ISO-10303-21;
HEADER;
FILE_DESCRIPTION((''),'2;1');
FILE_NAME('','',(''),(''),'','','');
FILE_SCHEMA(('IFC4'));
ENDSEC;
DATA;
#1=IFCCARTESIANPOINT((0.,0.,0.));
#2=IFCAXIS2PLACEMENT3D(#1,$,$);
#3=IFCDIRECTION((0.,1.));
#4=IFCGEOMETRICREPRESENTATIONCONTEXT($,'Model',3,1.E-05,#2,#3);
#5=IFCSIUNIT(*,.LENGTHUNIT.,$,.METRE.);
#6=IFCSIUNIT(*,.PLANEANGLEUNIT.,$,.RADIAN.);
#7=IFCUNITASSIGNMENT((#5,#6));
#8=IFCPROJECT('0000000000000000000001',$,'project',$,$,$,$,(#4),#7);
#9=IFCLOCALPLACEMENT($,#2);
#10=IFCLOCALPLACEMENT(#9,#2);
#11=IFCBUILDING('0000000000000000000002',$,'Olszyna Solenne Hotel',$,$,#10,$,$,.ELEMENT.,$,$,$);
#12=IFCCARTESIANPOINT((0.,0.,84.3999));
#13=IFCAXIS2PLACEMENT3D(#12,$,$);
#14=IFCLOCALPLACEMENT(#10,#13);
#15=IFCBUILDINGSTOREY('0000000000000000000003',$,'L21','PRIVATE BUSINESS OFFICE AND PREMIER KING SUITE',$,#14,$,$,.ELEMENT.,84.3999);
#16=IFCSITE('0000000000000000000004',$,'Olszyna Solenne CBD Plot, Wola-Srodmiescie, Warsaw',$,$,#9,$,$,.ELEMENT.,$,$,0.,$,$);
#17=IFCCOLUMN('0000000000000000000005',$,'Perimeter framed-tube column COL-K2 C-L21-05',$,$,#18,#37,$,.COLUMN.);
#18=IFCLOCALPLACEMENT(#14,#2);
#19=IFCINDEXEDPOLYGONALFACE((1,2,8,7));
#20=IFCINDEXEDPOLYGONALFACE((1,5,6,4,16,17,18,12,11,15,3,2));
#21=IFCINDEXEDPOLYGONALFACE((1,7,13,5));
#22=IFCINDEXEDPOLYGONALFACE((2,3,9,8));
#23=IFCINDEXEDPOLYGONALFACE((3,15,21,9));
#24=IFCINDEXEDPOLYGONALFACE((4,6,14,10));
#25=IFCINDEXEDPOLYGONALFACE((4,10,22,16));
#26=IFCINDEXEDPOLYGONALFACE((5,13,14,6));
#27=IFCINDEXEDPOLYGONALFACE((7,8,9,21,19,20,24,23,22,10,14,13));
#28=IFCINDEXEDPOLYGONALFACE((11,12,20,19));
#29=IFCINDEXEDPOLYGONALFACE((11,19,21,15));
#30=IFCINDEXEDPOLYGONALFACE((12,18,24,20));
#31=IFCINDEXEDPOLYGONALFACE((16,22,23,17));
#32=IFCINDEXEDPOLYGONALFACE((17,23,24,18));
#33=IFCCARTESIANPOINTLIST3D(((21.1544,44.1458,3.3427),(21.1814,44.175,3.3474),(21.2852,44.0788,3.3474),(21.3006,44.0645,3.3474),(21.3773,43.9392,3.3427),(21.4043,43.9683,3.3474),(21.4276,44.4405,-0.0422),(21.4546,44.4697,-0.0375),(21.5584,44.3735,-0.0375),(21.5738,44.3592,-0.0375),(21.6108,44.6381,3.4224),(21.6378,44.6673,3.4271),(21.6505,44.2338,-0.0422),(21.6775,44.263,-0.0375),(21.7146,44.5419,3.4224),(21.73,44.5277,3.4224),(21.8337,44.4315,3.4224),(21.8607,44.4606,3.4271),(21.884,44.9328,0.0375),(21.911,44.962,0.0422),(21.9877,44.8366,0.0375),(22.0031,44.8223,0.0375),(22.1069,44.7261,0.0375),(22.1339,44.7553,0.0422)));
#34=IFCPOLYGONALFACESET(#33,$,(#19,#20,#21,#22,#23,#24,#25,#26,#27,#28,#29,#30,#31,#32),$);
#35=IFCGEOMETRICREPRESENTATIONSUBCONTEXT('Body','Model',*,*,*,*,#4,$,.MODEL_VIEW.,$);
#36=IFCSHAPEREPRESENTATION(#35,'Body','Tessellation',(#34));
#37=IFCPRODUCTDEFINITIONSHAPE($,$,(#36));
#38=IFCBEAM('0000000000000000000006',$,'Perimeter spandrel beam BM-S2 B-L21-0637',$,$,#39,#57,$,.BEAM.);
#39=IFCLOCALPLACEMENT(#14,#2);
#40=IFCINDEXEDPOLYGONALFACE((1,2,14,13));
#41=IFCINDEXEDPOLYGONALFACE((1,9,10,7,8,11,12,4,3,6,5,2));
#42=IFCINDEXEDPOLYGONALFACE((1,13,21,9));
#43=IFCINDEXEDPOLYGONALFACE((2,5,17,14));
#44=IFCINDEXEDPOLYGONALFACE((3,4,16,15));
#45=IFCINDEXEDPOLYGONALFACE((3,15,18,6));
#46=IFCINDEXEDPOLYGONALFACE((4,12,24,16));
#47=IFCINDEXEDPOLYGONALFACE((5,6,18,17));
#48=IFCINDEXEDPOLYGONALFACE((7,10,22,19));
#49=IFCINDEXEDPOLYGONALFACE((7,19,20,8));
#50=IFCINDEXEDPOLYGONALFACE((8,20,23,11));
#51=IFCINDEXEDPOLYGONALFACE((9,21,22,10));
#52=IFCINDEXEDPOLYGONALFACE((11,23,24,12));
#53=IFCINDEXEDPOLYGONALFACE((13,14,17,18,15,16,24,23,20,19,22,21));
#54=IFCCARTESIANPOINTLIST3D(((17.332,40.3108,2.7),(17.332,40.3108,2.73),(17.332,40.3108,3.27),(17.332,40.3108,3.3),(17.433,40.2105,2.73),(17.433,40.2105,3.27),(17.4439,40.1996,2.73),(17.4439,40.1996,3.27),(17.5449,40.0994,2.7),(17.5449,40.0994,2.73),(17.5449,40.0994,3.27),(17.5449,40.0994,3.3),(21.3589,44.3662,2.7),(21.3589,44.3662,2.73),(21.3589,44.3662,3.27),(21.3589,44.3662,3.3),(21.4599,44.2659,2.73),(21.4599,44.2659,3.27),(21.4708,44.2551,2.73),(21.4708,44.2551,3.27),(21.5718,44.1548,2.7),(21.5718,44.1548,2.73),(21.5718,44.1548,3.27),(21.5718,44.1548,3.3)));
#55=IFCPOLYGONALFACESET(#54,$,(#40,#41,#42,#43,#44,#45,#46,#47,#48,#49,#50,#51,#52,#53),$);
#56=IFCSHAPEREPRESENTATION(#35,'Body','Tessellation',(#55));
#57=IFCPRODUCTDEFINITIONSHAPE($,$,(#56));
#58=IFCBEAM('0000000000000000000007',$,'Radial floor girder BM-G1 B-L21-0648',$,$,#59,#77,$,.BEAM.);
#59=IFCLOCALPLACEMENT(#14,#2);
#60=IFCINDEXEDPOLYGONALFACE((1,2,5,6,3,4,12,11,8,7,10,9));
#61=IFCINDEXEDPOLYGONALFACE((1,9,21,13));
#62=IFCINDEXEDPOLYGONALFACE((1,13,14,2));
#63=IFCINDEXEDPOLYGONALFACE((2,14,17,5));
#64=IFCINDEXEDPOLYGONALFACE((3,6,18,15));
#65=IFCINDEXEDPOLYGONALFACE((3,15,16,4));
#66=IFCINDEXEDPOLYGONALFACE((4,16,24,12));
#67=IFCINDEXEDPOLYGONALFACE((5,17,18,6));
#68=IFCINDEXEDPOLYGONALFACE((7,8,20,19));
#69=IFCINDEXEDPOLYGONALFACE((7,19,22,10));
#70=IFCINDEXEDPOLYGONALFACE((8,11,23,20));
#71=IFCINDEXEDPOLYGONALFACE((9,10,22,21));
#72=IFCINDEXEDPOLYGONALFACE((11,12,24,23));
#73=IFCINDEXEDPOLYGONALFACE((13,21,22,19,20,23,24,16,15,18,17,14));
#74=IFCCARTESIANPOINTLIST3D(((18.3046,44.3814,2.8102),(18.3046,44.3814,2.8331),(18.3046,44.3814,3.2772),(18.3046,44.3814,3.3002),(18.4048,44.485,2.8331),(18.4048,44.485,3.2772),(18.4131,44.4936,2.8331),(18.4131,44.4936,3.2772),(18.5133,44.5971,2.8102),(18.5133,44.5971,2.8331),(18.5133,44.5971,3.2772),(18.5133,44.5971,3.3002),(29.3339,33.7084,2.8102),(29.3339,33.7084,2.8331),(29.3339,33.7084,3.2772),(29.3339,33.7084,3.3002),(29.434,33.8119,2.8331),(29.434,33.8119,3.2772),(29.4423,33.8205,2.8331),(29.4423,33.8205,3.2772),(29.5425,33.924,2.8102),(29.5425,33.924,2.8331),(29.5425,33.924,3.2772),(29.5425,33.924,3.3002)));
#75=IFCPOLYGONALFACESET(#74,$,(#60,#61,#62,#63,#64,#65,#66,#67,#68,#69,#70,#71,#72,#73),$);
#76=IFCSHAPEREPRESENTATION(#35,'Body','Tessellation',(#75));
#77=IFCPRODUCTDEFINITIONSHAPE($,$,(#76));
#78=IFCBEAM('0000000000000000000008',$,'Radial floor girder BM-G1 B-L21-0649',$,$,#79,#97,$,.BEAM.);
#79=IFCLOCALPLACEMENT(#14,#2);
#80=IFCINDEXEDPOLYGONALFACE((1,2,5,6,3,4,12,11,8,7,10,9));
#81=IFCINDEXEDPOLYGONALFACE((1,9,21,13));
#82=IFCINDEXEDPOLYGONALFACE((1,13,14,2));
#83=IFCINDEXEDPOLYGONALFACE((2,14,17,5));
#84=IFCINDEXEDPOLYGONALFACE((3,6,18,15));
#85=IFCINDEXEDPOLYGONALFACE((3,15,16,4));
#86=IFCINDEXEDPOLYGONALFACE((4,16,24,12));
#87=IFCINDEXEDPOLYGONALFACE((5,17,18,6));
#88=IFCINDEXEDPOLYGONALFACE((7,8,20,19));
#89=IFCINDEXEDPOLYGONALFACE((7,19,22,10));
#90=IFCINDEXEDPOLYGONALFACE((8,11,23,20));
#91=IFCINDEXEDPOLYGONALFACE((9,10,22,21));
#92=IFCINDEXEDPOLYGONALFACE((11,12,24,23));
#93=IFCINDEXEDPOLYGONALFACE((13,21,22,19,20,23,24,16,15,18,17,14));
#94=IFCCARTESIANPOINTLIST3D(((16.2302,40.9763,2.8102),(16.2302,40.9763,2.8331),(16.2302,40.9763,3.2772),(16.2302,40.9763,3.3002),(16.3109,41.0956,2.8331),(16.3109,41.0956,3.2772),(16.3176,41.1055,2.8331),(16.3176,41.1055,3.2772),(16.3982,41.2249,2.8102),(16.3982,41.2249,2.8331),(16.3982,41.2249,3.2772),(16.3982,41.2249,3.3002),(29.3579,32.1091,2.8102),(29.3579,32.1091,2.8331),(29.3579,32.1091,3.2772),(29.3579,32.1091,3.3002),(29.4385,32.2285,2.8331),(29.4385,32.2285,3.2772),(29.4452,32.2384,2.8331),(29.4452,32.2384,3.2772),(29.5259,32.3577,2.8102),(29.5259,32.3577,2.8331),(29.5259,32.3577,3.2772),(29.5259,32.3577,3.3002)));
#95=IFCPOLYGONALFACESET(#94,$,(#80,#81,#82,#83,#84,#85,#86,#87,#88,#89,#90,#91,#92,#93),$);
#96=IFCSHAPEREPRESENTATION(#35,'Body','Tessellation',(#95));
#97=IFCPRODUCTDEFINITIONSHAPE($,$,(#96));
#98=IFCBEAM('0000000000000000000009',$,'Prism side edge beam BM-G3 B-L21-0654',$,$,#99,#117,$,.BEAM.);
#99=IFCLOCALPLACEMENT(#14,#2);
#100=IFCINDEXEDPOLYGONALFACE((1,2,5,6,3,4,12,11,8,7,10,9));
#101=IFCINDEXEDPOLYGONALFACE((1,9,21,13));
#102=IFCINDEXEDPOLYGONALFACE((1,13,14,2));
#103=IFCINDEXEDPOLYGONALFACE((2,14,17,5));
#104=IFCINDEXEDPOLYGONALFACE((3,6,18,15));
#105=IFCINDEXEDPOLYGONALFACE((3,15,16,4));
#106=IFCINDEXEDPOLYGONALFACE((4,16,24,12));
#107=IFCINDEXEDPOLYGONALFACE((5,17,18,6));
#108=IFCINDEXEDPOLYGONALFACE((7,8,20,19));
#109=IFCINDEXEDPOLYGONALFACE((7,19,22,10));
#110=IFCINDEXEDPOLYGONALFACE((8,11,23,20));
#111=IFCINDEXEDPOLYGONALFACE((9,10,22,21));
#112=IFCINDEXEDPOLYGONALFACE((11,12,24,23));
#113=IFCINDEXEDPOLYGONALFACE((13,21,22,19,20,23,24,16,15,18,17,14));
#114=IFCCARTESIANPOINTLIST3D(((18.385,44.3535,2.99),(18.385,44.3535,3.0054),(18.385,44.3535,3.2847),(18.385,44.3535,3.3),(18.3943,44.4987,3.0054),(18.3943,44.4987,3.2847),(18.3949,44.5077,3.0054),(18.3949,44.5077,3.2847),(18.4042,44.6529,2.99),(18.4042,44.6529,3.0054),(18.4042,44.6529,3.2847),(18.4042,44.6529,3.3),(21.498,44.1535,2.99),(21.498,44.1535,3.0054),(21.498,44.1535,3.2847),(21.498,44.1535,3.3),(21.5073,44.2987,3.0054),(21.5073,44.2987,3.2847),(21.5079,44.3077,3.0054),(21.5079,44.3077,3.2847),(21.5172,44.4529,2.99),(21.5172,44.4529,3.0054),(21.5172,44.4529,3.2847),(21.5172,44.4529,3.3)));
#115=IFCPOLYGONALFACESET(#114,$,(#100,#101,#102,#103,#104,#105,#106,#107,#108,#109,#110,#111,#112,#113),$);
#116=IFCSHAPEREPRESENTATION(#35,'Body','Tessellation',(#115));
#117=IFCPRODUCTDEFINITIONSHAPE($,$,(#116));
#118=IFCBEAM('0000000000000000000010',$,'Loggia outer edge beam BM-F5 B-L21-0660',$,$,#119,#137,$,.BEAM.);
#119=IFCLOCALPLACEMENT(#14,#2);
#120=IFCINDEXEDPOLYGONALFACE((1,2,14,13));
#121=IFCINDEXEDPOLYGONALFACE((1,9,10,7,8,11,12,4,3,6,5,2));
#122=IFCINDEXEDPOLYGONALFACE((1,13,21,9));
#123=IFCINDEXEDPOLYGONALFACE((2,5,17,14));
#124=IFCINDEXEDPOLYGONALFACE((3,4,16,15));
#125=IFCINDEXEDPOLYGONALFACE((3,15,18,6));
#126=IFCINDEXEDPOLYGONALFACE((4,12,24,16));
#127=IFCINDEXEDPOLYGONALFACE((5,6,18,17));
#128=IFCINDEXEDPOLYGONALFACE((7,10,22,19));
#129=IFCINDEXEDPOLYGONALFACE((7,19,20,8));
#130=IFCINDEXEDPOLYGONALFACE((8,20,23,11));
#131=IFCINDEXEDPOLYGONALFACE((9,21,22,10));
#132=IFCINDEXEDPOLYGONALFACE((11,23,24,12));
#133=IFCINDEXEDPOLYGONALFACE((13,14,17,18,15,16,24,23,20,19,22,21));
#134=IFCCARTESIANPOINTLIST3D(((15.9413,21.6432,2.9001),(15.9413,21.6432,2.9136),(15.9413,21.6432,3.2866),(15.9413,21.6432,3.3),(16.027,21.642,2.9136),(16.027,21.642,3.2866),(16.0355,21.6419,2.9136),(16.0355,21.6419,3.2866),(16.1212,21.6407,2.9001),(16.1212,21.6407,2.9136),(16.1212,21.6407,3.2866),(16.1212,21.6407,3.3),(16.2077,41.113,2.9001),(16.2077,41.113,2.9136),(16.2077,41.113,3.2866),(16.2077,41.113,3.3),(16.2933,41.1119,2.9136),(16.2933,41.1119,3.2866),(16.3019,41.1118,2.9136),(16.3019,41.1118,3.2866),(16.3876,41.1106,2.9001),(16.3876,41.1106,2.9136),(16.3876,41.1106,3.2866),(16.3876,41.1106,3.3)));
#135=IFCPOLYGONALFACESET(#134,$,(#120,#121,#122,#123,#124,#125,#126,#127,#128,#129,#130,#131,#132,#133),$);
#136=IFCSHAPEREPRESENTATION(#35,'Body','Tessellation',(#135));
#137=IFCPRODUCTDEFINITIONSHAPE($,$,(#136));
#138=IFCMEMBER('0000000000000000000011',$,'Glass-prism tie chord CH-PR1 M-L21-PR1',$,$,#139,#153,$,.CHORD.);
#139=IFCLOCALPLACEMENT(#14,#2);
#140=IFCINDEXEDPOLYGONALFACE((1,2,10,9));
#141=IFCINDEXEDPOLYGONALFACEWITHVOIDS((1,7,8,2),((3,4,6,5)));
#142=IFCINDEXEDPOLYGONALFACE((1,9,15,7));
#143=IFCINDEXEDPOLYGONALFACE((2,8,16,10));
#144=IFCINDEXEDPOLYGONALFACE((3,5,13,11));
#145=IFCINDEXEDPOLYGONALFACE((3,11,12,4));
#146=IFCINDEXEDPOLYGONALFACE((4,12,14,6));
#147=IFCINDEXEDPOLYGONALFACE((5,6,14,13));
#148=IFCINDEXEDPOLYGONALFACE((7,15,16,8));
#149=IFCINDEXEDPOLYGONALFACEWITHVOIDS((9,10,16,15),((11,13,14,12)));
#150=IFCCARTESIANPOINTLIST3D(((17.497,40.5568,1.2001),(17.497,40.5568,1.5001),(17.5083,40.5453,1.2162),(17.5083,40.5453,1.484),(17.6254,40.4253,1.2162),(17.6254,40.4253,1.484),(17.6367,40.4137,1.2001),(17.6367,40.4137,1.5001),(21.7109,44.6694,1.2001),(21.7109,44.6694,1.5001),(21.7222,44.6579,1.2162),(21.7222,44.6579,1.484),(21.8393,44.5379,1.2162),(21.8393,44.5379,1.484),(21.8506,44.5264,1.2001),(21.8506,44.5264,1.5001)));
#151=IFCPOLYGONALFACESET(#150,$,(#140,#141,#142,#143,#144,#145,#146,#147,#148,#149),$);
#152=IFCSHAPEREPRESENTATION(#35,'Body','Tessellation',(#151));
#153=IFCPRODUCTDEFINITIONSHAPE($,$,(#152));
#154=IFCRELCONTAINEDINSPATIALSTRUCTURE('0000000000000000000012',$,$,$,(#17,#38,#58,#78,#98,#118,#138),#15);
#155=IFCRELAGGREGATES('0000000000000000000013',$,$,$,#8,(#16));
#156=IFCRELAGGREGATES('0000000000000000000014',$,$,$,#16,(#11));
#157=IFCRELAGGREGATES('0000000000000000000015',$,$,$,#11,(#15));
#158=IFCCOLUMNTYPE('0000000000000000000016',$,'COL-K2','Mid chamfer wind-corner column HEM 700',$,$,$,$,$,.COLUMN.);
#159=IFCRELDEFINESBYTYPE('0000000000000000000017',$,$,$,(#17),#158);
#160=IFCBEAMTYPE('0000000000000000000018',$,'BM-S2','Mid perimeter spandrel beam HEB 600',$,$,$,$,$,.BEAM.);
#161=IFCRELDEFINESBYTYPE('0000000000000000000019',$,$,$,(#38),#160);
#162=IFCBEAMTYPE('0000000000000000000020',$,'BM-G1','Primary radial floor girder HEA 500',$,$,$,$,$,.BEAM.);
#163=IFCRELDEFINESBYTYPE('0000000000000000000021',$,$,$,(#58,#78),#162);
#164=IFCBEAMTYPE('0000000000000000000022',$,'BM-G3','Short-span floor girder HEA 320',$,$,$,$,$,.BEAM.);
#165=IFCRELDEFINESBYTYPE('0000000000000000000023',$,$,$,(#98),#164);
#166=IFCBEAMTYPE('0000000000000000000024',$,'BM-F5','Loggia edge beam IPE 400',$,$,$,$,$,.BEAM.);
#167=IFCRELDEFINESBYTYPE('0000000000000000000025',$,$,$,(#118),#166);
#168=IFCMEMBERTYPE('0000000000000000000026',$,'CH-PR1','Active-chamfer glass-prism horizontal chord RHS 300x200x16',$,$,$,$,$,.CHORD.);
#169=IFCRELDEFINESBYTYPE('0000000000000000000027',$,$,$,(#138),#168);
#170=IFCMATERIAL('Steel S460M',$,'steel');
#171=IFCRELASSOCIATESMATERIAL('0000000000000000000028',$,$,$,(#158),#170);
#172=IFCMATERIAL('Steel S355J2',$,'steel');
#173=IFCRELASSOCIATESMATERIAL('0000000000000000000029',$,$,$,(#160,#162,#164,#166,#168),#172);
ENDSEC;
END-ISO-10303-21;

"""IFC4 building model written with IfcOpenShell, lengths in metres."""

from ifc_helpers import new_model, si_unit, direction, frame, origin, origin_2d, place, context, subcontext, project, spatial, hollow_rectangle, i_section, extrude, source, transform, mapped, material, material_profile, profile_set, type_object, element, save


model = new_model("IFC4")

# Units and contexts
model_context = context("Model", 3, precision=1e-05, world=origin(), true_north=direction((0.0, 1.0)))
body_context = subcontext(model_context, "Body", "Model", "MODEL_VIEW")
ifc_project = project(units=[si_unit("LENGTHUNIT", "METRE"), si_unit("PLANEANGLEUNIT", "RADIAN")], contexts=[model_context])

# Site, building, storey
site_placement = place(None, origin())
site = spatial("IfcSite", under=ifc_project, at=site_placement, Name="Olszyna Solenne CBD Plot, Wola-Srodmiescie, Warsaw", CompositionType="ELEMENT", RefElevation=0.0)
building_placement = place(site_placement, origin())
building = spatial("IfcBuilding", under=site, at=building_placement, Name="Olszyna Solenne Hotel", CompositionType="ELEMENT")
storey_placement = place(building_placement, frame((0.0, 0.0, 84.3999)))
storey = spatial("IfcBuildingStorey", under=building, at=storey_placement, Name="L21", Description="PRIVATE BUSINESS OFFICE AND PREMIER KING SUITE", CompositionType="ELEMENT", Elevation=84.3999)

# Column
ifc_material_1 = material(Name="Steel S460M", Category="steel")
ifc_material_profile_1 = material_profile(ifc_material_1, i_section(OverallWidth=0.304, OverallDepth=0.7161, WebThickness=0.021, FlangeThickness=0.04, at=origin_2d()), Name="HEM 700", Category="load-bearing")
ifc_profile_set_1 = profile_set([ifc_material_profile_1], Name="Steel S460M")
column_type = type_object("IfcColumnType", Name="COL-K2", Description="Mid chamfer wind-corner column HEM 700", PredefinedType="COLUMN", material=ifc_profile_set_1)
shared_shape_1 = source(origin(), body_context, "Body", "SweptSolid", [
    extrude(i_section(OverallWidth=0.304, OverallDepth=0.7161, WebThickness=0.021, FlangeThickness=0.04, at=origin_2d()), origin(), (0.0, 0.0, 1.0), 3.4087),
])
column_placement = place(storey_placement, frame((21.7808, 44.5979, 0.0), z_axis=(-0.080144, -0.086447, 0.993028), x_axis=(0.733334, -0.679868, 0.0)))
element("IfcColumn", 1, at=column_placement, inside=storey, type_object=column_type, Name="Perimeter framed-tube column COL-K2 C-L21-05", PredefinedType="COLUMN", context=body_context, shape_type="MappedRepresentation", body=[
    mapped(shared_shape_1, transform((0.0, 0.0, 0.0), x_axis=(1.0, 0.0, 0.0), y_axis=(0.0, 1.0, 0.0), z_axis=(0.0, 0.0, 1.0), scale=1.0)),
])

# Beams
ifc_material_2 = material(Name="Steel S355J2", Category="steel")
ifc_material_profile_2 = material_profile(ifc_material_2, i_section(OverallWidth=0.3, OverallDepth=0.6001, WebThickness=0.0154, FlangeThickness=0.03, at=origin_2d()), Name="HEB 600", Category="load-bearing")
ifc_profile_set_2 = profile_set([ifc_material_profile_2], Name="Steel S355J2")
beam_type_1 = type_object("IfcBeamType", Name="BM-S2", Description="Mid perimeter spandrel beam HEB 600", PredefinedType="BEAM", material=ifc_profile_set_2)
shared_shape_2 = source(origin(), body_context, "Body", "SweptSolid", [
    extrude(i_section(OverallWidth=0.3, OverallDepth=0.6001, WebThickness=0.0154, FlangeThickness=0.03, at=origin_2d()), origin(), (0.0, 0.0, 1.0), 5.7151),
])
beam_1_placement = place(storey_placement, frame((21.4653, 44.2605, 3.0), z_axis=(-0.704603, -0.709601, 0.0), x_axis=(0.709601, -0.704603, 0.0)))
element("IfcBeam", 2, at=beam_1_placement, inside=storey, type_object=beam_type_1, Name="Perimeter spandrel beam BM-S2 B-L21-0637", PredefinedType="BEAM", context=body_context, shape_type="MappedRepresentation", body=[
    mapped(shared_shape_2, transform((0.0, 0.0, 0.0), x_axis=(1.0, 0.0, 0.0), y_axis=(0.0, 1.0, 0.0), z_axis=(0.0, 0.0, 1.0), scale=1.0)),
])
ifc_material_profile_3 = material_profile(ifc_material_2, i_section(OverallWidth=0.3, OverallDepth=0.49, WebThickness=0.012, FlangeThickness=0.0229, at=origin_2d()), Name="HEA 500", Category="load-bearing")
ifc_profile_set_3 = profile_set([ifc_material_profile_3], Name="Steel S355J2")
beam_type_2 = type_object("IfcBeamType", Name="BM-G1", Description="Primary radial floor girder HEA 500", PredefinedType="BEAM", material=ifc_profile_set_3)
shared_shape_3 = source(origin(), body_context, "Body", "SweptSolid", [
    extrude(i_section(OverallWidth=0.3, OverallDepth=0.49, WebThickness=0.012, FlangeThickness=0.0229, at=origin_2d()), origin(), (0.0, 0.0, 1.0), 15.3479),
])
beam_2_placement = place(storey_placement, frame((18.4089, 44.4893, 3.0552), z_axis=(0.718616, -0.695407, 0.0), x_axis=(0.695407, 0.718616, 0.0)))
element("IfcBeam", 3, at=beam_2_placement, inside=storey, type_object=beam_type_2, Name="Radial floor girder BM-G1 B-L21-0648", PredefinedType="BEAM", context=body_context, shape_type="MappedRepresentation", body=[
    mapped(shared_shape_3, transform((0.0, 0.0, 0.0), x_axis=(1.0, 0.0, 0.0), y_axis=(0.0, 1.0, 0.0), z_axis=(0.0, 0.0, 1.0), scale=1.0)),
])
shared_shape_4 = source(origin(), body_context, "Body", "SweptSolid", [
    extrude(i_section(OverallWidth=0.3, OverallDepth=0.49, WebThickness=0.012, FlangeThickness=0.0229, at=origin_2d()), origin(), (0.0, 0.0, 1.0), 15.8418),
])
beam_3_placement = place(storey_placement, frame((16.3142, 41.1006, 3.0552), z_axis=(0.828673, -0.559733, 0.0), x_axis=(0.559733, 0.828673, 0.0)))
element("IfcBeam", 4, at=beam_3_placement, inside=storey, type_object=beam_type_2, Name="Radial floor girder BM-G1 B-L21-0649", PredefinedType="BEAM", context=body_context, shape_type="MappedRepresentation", body=[
    mapped(shared_shape_4, transform((0.0, 0.0, 0.0), x_axis=(1.0, 0.0, 0.0), y_axis=(0.0, 1.0, 0.0), z_axis=(0.0, 0.0, 1.0), scale=1.0)),
])
ifc_material_profile_4 = material_profile(ifc_material_2, i_section(OverallWidth=0.3, OverallDepth=0.3101, WebThickness=0.009, FlangeThickness=0.0154, at=origin_2d()), Name="HEA 320", Category="load-bearing")
ifc_profile_set_4 = profile_set([ifc_material_profile_4], Name="Steel S355J2")
beam_type_3 = type_object("IfcBeamType", Name="BM-G3", Description="Short-span floor girder HEA 320", PredefinedType="BEAM", material=ifc_profile_set_4)
shared_shape_5 = source(origin(), body_context, "Body", "SweptSolid", [
    extrude(i_section(OverallWidth=0.3, OverallDepth=0.3101, WebThickness=0.009, FlangeThickness=0.0154, at=origin_2d()), origin(), (0.0, 0.0, 1.0), 3.1194),
])
beam_4_placement = place(storey_placement, frame((21.5076, 44.3032, 3.145), z_axis=(-0.997944, 0.064098, 0.0), x_axis=(-0.064098, -0.997944, 0.0)))
element("IfcBeam", 5, at=beam_4_placement, inside=storey, type_object=beam_type_3, Name="Prism side edge beam BM-G3 B-L21-0654", PredefinedType="BEAM", context=body_context, shape_type="MappedRepresentation", body=[
    mapped(shared_shape_5, transform((0.0, 0.0, 0.0), x_axis=(1.0, 0.0, 0.0), y_axis=(0.0, 1.0, 0.0), z_axis=(0.0, 0.0, 1.0), scale=1.0)),
])
ifc_material_profile_5 = material_profile(ifc_material_2, i_section(OverallWidth=0.1799, OverallDepth=0.3999, WebThickness=0.0085, FlangeThickness=0.0134, at=origin_2d()), Name="IPE 400", Category="load-bearing")
ifc_profile_set_5 = profile_set([ifc_material_profile_5], Name="Steel S355J2")
beam_type_4 = type_object("IfcBeamType", Name="BM-F5", Description="Loggia edge beam IPE 400", PredefinedType="BEAM", material=ifc_profile_set_5)
shared_shape_6 = source(origin(), body_context, "Body", "SweptSolid", [
    extrude(i_section(OverallWidth=0.1799, OverallDepth=0.3999, WebThickness=0.0085, FlangeThickness=0.0134, at=origin_2d()), origin(), (0.0, 0.0, 1.0), 19.4717),
])
beam_5_placement = place(storey_placement, frame((16.2976, 41.1118, 3.1001), z_axis=(-0.013679, -0.999906, 0.0), x_axis=(0.999906, -0.013679, 0.0)))
element("IfcBeam", 6, at=beam_5_placement, inside=storey, type_object=beam_type_4, Name="Loggia outer edge beam BM-F5 B-L21-0660", PredefinedType="BEAM", context=body_context, shape_type="MappedRepresentation", body=[
    mapped(shared_shape_6, transform((0.0, 0.0, 0.0), x_axis=(1.0, 0.0, 0.0), y_axis=(0.0, 1.0, 0.0), z_axis=(0.0, 0.0, 1.0), scale=1.0)),
])

# Member
ifc_material_profile_6 = material_profile(ifc_material_2, hollow_rectangle(XDim=0.2, YDim=0.3, WallThickness=0.0161, at=origin_2d()), Name="RHS 300x200x16", Category="load-bearing")
ifc_profile_set_6 = profile_set([ifc_material_profile_6], Name="Steel S355J2")
member_type_1 = type_object("IfcMemberType", Name="CH-PR1", Description="Active-chamfer glass-prism horizontal chord RHS 300x200x16", PredefinedType="CHORD", material=ifc_profile_set_6)
shared_shape_7 = source(origin(), body_context, "Body", "SweptSolid", [
    extrude(hollow_rectangle(XDim=0.2, YDim=0.3, WallThickness=0.0161, at=origin_2d()), origin(), (0.0, 0.0, 1.0), 5.8882),
])
for number, where, z_axis, x_axis, name in (
    (7, (21.7808, 44.5979, 1.3501), (-0.715658, -0.698451, 0.0), (0.698451, -0.715658, 0.0), "Glass-prism tie chord CH-PR1 M-L21-PR1"),
):
    element("IfcMember", number, at=place(storey_placement, frame(where, z_axis=z_axis, x_axis=x_axis)), inside=storey, type_object=member_type_1, Name=name, PredefinedType="CHORD", context=body_context, shape_type="MappedRepresentation", body=[
        mapped(shared_shape_7, transform((0.0, 0.0, 0.0), x_axis=(1.0, 0.0, 0.0), y_axis=(0.0, 1.0, 0.0), z_axis=(0.0, 0.0, 1.0), scale=1.0)),
    ])

save(model, "model.ifc")
